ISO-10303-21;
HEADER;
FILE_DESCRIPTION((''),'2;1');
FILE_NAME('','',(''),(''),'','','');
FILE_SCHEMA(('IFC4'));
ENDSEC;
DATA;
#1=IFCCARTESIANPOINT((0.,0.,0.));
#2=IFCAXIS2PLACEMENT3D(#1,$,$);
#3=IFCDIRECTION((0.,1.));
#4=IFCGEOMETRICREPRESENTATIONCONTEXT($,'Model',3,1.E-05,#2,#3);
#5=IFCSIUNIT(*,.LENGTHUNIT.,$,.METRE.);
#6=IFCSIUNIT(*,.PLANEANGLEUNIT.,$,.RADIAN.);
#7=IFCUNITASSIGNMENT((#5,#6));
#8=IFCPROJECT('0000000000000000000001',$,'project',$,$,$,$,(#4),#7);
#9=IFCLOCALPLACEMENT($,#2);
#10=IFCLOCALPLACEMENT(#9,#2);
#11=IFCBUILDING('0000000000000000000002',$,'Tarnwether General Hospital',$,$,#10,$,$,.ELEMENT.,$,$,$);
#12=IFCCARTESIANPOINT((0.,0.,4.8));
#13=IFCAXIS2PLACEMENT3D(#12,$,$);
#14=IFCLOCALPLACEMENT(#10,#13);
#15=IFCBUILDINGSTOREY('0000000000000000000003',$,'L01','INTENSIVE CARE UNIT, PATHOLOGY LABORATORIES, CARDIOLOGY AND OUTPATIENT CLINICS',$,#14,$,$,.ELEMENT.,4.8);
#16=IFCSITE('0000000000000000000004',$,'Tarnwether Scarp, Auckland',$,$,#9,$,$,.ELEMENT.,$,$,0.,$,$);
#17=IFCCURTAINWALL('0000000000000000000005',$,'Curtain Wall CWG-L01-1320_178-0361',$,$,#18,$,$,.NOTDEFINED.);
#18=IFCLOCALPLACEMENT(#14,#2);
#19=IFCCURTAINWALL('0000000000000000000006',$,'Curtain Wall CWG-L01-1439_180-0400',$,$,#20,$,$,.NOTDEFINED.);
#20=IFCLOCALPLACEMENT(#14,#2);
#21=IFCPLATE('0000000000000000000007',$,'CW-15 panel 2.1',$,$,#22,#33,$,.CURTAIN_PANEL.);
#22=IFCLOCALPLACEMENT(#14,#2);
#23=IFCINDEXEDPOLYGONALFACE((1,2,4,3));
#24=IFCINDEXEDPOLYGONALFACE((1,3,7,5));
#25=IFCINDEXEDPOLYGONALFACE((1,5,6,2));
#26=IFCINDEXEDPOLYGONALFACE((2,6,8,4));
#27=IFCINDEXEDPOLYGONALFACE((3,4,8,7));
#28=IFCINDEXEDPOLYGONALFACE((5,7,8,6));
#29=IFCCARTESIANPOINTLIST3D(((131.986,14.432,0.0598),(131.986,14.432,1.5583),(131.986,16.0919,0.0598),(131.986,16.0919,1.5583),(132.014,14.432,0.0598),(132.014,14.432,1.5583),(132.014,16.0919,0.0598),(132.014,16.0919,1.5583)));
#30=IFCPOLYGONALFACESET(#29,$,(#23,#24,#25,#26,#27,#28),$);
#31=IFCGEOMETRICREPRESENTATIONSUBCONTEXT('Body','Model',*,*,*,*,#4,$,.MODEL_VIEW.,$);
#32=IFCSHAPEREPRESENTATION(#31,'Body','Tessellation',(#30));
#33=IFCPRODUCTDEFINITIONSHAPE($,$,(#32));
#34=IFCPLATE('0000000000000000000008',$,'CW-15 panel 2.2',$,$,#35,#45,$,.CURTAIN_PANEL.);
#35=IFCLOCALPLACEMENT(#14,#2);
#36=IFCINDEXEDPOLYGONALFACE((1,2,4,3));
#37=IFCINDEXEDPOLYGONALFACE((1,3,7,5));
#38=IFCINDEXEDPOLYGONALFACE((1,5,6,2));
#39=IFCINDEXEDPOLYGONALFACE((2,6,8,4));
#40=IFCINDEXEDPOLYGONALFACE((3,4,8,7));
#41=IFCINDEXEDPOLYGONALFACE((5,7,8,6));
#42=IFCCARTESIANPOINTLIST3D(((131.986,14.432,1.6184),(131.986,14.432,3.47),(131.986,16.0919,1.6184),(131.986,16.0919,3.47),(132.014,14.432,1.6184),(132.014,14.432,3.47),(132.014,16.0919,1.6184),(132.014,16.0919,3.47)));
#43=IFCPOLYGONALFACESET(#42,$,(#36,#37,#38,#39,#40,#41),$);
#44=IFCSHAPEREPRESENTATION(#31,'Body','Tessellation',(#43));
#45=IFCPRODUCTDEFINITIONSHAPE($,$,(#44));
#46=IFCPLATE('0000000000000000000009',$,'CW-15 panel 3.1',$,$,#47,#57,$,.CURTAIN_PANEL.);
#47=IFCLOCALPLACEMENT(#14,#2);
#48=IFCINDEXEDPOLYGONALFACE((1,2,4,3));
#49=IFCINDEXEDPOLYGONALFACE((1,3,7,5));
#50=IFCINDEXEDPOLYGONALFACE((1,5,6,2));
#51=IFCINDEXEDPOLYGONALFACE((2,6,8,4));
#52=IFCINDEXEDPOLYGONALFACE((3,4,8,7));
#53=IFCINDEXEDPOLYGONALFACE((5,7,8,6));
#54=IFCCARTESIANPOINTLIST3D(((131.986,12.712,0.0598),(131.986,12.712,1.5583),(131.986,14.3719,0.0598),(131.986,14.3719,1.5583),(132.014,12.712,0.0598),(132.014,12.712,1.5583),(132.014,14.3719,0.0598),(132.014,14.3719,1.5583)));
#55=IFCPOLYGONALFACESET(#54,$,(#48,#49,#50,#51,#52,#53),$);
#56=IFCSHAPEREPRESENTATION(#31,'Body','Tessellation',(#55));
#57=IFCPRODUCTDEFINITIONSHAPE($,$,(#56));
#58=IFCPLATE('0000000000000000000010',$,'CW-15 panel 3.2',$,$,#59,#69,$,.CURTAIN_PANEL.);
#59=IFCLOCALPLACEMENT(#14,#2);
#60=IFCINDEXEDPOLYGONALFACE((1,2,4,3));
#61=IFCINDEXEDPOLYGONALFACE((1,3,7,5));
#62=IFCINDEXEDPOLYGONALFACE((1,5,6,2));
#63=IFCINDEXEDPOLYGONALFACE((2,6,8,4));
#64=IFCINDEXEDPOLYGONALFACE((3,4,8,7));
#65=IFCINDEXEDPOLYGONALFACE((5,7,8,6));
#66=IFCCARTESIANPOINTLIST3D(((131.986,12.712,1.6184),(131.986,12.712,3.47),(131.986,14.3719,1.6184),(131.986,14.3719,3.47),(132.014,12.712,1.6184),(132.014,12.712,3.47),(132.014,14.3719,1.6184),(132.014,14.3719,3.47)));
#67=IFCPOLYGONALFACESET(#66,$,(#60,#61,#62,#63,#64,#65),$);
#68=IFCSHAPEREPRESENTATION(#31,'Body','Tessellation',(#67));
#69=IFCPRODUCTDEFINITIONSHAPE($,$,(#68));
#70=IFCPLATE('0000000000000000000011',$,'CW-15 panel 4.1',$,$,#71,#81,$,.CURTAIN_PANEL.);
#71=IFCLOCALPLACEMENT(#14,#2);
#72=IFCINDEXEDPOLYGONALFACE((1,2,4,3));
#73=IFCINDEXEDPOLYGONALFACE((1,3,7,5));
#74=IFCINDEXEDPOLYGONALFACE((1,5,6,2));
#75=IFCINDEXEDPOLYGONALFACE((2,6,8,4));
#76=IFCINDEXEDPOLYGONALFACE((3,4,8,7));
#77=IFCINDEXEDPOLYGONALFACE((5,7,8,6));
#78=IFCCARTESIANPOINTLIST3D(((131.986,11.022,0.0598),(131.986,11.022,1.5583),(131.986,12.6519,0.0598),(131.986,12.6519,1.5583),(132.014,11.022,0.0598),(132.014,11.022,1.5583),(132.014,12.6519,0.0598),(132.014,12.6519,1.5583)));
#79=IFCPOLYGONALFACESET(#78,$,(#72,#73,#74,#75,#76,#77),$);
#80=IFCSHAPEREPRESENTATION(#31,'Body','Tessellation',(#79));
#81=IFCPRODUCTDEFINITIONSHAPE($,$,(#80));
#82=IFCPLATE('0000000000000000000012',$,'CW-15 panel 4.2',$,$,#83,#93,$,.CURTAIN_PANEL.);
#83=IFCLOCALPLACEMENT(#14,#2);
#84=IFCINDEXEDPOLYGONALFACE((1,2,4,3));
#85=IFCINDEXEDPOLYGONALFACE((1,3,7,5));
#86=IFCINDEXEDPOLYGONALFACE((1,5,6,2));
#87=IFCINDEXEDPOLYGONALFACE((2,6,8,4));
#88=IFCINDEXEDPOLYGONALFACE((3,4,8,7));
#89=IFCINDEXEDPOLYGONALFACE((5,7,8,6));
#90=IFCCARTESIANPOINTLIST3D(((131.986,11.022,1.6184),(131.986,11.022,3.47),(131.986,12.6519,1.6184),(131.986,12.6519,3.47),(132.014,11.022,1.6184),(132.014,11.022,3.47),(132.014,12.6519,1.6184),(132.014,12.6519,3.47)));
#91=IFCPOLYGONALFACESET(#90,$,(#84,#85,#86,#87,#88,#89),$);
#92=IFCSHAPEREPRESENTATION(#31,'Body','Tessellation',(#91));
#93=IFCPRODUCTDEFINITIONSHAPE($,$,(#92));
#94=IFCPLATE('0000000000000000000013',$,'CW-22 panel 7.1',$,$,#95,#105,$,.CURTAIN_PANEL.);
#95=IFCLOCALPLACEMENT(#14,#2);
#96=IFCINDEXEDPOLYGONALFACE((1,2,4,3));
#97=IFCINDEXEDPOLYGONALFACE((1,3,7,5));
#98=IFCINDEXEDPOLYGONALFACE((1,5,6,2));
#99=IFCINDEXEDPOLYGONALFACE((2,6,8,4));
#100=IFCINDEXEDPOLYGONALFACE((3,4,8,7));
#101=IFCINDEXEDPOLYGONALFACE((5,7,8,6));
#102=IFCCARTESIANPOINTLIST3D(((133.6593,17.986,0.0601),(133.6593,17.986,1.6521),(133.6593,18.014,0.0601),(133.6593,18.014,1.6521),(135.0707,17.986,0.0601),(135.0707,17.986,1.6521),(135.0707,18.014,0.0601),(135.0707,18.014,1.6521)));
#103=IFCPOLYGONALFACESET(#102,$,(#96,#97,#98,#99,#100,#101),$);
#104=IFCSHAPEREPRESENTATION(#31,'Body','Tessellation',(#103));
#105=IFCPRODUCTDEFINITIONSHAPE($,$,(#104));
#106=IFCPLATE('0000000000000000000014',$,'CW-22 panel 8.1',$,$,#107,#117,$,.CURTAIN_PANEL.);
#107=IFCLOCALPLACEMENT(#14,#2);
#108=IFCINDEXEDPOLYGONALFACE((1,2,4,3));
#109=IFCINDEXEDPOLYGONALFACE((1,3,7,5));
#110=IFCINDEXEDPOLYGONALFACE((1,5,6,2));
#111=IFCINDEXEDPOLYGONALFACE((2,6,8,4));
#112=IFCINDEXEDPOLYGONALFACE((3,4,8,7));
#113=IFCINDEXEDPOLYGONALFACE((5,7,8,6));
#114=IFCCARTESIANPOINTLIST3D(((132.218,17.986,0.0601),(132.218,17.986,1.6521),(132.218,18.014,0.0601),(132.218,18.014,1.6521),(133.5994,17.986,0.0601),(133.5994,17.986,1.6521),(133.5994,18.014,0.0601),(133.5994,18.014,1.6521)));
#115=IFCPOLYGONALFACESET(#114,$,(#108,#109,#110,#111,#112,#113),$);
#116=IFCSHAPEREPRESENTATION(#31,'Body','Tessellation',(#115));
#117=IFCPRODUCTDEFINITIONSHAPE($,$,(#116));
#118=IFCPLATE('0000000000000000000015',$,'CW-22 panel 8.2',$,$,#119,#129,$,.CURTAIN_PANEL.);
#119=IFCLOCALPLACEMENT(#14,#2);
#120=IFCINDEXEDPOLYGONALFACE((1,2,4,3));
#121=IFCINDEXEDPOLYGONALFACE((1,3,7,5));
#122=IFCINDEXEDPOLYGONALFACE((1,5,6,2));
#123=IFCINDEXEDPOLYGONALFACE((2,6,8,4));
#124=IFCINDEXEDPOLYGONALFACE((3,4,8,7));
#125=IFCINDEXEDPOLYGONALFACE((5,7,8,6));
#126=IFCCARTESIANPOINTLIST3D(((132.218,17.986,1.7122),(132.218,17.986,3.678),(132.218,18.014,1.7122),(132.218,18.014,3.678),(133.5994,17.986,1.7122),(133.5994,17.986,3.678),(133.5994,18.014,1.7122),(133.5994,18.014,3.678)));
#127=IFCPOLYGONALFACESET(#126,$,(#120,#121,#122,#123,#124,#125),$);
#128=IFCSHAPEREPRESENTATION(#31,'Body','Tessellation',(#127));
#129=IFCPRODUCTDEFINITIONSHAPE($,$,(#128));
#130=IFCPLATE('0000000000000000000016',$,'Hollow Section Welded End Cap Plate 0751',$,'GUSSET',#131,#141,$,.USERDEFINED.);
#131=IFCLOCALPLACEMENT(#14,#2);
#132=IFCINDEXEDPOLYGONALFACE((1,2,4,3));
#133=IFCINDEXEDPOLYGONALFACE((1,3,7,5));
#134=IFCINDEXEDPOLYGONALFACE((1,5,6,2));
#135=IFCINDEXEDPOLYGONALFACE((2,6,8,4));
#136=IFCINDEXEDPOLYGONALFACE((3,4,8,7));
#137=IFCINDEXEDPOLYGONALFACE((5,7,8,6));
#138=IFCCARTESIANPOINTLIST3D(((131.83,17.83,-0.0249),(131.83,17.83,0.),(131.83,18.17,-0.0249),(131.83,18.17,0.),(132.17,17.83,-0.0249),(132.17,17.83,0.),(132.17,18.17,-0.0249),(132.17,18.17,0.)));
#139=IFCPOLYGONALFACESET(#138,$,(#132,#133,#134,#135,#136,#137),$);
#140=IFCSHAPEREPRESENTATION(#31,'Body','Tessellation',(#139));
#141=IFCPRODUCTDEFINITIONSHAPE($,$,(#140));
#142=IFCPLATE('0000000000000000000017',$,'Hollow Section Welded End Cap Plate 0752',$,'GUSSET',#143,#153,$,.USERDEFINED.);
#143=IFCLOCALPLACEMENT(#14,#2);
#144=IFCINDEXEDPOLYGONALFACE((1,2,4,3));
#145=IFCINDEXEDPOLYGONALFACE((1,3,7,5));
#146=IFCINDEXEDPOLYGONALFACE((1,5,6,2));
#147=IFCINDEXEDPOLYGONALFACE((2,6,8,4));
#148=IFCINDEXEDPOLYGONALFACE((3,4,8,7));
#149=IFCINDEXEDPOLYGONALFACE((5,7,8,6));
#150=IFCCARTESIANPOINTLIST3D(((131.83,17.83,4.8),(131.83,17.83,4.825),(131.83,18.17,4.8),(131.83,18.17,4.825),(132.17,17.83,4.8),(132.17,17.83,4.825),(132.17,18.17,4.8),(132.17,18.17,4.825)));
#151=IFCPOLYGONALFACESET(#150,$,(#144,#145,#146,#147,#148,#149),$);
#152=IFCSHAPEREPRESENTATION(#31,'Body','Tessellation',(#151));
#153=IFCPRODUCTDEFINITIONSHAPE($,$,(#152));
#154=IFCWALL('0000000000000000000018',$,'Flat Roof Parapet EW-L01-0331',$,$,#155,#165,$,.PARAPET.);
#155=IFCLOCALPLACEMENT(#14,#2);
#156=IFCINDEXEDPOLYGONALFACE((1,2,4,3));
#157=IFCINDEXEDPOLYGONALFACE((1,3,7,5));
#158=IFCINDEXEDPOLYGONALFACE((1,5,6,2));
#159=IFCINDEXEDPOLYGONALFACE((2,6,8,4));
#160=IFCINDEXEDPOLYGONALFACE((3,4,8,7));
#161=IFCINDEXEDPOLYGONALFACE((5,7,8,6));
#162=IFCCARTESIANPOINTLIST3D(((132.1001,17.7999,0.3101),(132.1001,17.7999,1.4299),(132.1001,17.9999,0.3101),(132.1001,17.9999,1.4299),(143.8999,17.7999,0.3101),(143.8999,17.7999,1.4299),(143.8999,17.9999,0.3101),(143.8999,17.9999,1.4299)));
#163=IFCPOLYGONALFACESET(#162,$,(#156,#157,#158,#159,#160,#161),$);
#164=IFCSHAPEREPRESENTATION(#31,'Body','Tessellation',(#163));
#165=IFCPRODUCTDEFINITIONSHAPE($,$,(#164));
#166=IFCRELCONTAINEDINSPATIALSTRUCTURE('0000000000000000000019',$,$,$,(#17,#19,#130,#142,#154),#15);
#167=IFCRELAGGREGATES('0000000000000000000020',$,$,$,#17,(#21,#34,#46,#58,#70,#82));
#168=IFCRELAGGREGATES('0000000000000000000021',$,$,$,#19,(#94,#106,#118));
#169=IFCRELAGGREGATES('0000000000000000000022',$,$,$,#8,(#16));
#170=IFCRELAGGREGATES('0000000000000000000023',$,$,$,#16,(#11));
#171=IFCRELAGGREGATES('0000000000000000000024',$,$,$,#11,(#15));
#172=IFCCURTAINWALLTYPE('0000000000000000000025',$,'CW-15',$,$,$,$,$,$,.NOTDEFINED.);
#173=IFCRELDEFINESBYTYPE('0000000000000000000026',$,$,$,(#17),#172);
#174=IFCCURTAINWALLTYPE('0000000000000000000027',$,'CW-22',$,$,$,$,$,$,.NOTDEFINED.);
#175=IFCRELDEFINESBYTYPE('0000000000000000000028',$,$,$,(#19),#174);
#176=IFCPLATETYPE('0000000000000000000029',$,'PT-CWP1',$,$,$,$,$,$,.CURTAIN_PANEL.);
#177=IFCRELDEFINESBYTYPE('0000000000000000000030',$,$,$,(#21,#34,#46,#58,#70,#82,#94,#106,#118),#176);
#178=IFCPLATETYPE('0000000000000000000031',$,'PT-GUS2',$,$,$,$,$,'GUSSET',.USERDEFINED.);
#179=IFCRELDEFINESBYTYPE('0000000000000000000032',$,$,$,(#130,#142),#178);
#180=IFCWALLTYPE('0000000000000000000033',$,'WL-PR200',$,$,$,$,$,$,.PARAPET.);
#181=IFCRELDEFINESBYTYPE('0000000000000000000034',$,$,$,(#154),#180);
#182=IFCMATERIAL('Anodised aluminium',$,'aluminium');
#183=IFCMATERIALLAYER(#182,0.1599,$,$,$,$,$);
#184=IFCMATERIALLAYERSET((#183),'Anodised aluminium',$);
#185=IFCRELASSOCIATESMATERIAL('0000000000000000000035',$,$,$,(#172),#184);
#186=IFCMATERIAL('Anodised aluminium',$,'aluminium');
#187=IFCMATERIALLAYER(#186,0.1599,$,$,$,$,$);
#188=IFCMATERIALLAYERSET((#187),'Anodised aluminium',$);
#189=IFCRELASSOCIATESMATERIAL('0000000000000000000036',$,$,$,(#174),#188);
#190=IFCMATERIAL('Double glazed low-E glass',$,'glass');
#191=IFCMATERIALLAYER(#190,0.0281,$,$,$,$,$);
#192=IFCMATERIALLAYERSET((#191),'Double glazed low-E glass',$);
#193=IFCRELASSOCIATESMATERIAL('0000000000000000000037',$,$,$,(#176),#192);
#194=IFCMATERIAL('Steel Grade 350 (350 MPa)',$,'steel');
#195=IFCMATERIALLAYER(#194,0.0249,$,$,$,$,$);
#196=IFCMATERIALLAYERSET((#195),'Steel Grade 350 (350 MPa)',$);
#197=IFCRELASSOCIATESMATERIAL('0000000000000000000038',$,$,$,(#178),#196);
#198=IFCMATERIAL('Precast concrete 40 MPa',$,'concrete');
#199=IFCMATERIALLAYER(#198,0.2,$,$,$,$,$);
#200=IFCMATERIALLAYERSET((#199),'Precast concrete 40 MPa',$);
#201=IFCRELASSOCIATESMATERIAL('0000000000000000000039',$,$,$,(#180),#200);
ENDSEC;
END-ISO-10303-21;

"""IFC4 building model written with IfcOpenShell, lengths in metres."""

from ifc_helpers import new_model, si_unit, direction, frame, frame_2d, origin, origin_2d, place, context, subcontext, project, spatial, rectangle, extrude, material, layer, layer_set, type_object, element, aggregate, save


model = new_model("IFC4")

# Units and contexts
model_context = context("Model", 3, precision=1e-05, world=origin(), true_north=direction((0.0, 1.0)))
body_context = subcontext(model_context, "Body", "Model", "MODEL_VIEW")
ifc_project = project(units=[si_unit("LENGTHUNIT", "METRE"), si_unit("PLANEANGLEUNIT", "RADIAN")], contexts=[model_context])

# Site, building, storey
site_placement = place(None, origin())
site = spatial("IfcSite", under=ifc_project, at=site_placement, Name="Tarnwether Scarp, Auckland", CompositionType="ELEMENT", RefElevation=0.0)
building_placement = place(site_placement, origin())
building = spatial("IfcBuilding", under=site, at=building_placement, Name="Tarnwether General Hospital", CompositionType="ELEMENT")
storey_placement = place(building_placement, frame((0.0, 0.0, 4.8)))
storey = spatial("IfcBuildingStorey", under=building, at=storey_placement, Name="L01", Description="INTENSIVE CARE UNIT, PATHOLOGY LABORATORIES, CARDIOLOGY AND OUTPATIENT CLINICS", CompositionType="ELEMENT", Elevation=4.8)

# Curtain walls
ifc_material_1 = material(Name="Anodised aluminium", Category="aluminium")
ifc_layer_1 = layer(ifc_material_1, 0.1599)
ifc_layer_set_1 = layer_set([ifc_layer_1], Name="Anodised aluminium")
curtain_wall_type_1 = type_object("IfcCurtainWallType", Name="CW-15", PredefinedType="NOTDEFINED", material=ifc_layer_set_1)
curtain_wall_1_placement = place(storey_placement, origin())
curtain_wall_1 = element("IfcCurtainWall", 1, at=curtain_wall_1_placement, inside=storey, type_object=curtain_wall_type_1, Name="Curtain Wall CWG-L01-1320_178-0361", PredefinedType="NOTDEFINED")
ifc_material_2 = material(Name="Anodised aluminium", Category="aluminium")
ifc_layer_2 = layer(ifc_material_2, 0.1599)
ifc_layer_set_2 = layer_set([ifc_layer_2], Name="Anodised aluminium")
curtain_wall_type_2 = type_object("IfcCurtainWallType", Name="CW-22", PredefinedType="NOTDEFINED", material=ifc_layer_set_2)
curtain_wall_2_placement = place(storey_placement, origin())
curtain_wall_2 = element("IfcCurtainWall", 2, at=curtain_wall_2_placement, inside=storey, type_object=curtain_wall_type_2, Name="Curtain Wall CWG-L01-1439_180-0400", PredefinedType="NOTDEFINED")

# Plates
ifc_material_3 = material(Name="Double glazed low-E glass", Category="glass")
ifc_layer_3 = layer(ifc_material_3, 0.0281)
ifc_layer_set_3 = layer_set([ifc_layer_3], Name="Double glazed low-E glass")
plate_type_1 = type_object("IfcPlateType", Name="PT-CWP1", PredefinedType="CURTAIN_PANEL", material=ifc_layer_set_3)
plate_1_placement = place(storey_placement, frame((132.0, 15.262, 0.0598), z_axis=(0.0, 0.0, 1.0), x_axis=(0.0, -1.0, 0.0)))
plate_1 = element("IfcPlate", 3, at=plate_1_placement, type_object=plate_type_1, Name="CW-15 panel 2.1", PredefinedType="CURTAIN_PANEL", context=body_context, shape_type="SweptSolid", body=[
    extrude(rectangle(XDim=1.6599, YDim=0.0281, at=origin_2d()), origin(), (0.0, 0.0, 1.0), 1.4985),
])
plate_2_placement = place(storey_placement, frame((132.0, 15.262, 1.6184), z_axis=(0.0, 0.0, 1.0), x_axis=(0.0, -1.0, 0.0)))
plate_2 = element("IfcPlate", 4, at=plate_2_placement, type_object=plate_type_1, Name="CW-15 panel 2.2", PredefinedType="CURTAIN_PANEL", context=body_context, shape_type="SweptSolid", body=[
    extrude(rectangle(XDim=1.6599, YDim=0.0281, at=origin_2d()), origin(), (0.0, 0.0, 1.0), 1.8516),
])
plate_3_placement = place(storey_placement, frame((132.0, 13.542, 0.0598), z_axis=(0.0, 0.0, 1.0), x_axis=(0.0, -1.0, 0.0)))
plate_3 = element("IfcPlate", 5, at=plate_3_placement, type_object=plate_type_1, Name="CW-15 panel 3.1", PredefinedType="CURTAIN_PANEL", context=body_context, shape_type="SweptSolid", body=[
    extrude(rectangle(XDim=1.6599, YDim=0.0281, at=origin_2d()), origin(), (0.0, 0.0, 1.0), 1.4985),
])
plate_4_placement = place(storey_placement, frame((132.0, 13.542, 1.6184), z_axis=(0.0, 0.0, 1.0), x_axis=(0.0, -1.0, 0.0)))
plate_4 = element("IfcPlate", 6, at=plate_4_placement, type_object=plate_type_1, Name="CW-15 panel 3.2", PredefinedType="CURTAIN_PANEL", context=body_context, shape_type="SweptSolid", body=[
    extrude(rectangle(XDim=1.6599, YDim=0.0281, at=origin_2d()), origin(), (0.0, 0.0, 1.0), 1.8516),
])
plate_5_placement = place(storey_placement, frame((132.0, 11.8369, 0.0598), z_axis=(0.0, 0.0, 1.0), x_axis=(0.0, -1.0, 0.0)))
plate_5 = element("IfcPlate", 7, at=plate_5_placement, type_object=plate_type_1, Name="CW-15 panel 4.1", PredefinedType="CURTAIN_PANEL", context=body_context, shape_type="SweptSolid", body=[
    extrude(rectangle(XDim=1.6299, YDim=0.0281, at=origin_2d()), origin(), (0.0, 0.0, 1.0), 1.4985),
])
plate_6_placement = place(storey_placement, frame((132.0, 11.8369, 1.6184), z_axis=(0.0, 0.0, 1.0), x_axis=(0.0, -1.0, 0.0)))
plate_6 = element("IfcPlate", 8, at=plate_6_placement, type_object=plate_type_1, Name="CW-15 panel 4.2", PredefinedType="CURTAIN_PANEL", context=body_context, shape_type="SweptSolid", body=[
    extrude(rectangle(XDim=1.6299, YDim=0.0281, at=origin_2d()), origin(), (0.0, 0.0, 1.0), 1.8516),
])
aggregate(curtain_wall_1, [plate_1, plate_2, plate_3, plate_4, plate_5, plate_6])
plate_7_placement = place(storey_placement, frame((134.365, 18.0, 0.0601), z_axis=(0.0, 0.0, 1.0), x_axis=(-1.0, 0.0, 0.0)))
plate_7 = element("IfcPlate", 9, at=plate_7_placement, type_object=plate_type_1, Name="CW-22 panel 7.1", PredefinedType="CURTAIN_PANEL", context=body_context, shape_type="SweptSolid", body=[
    extrude(rectangle(XDim=1.4114, YDim=0.0281, at=origin_2d()), origin(), (0.0, 0.0, 1.0), 1.592),
])
plate_8_placement = place(storey_placement, frame((132.9087, 18.0, 0.0601), z_axis=(0.0, 0.0, 1.0), x_axis=(-1.0, 0.0, 0.0)))
plate_8 = element("IfcPlate", 10, at=plate_8_placement, type_object=plate_type_1, Name="CW-22 panel 8.1", PredefinedType="CURTAIN_PANEL", context=body_context, shape_type="SweptSolid", body=[
    extrude(rectangle(XDim=1.3813, YDim=0.0281, at=origin_2d()), origin(), (0.0, 0.0, 1.0), 1.592),
])
plate_9_placement = place(storey_placement, frame((132.9087, 18.0, 1.7122), z_axis=(0.0, 0.0, 1.0), x_axis=(-1.0, 0.0, 0.0)))
plate_9 = element("IfcPlate", 11, at=plate_9_placement, type_object=plate_type_1, Name="CW-22 panel 8.2", PredefinedType="CURTAIN_PANEL", context=body_context, shape_type="SweptSolid", body=[
    extrude(rectangle(XDim=1.3813, YDim=0.0281, at=origin_2d()), origin(), (0.0, 0.0, 1.0), 1.9658),
])
aggregate(curtain_wall_2, [plate_7, plate_8, plate_9])

# Plates
ifc_material_4 = material(Name="Steel Grade 350 (350 MPa)", Category="steel")
ifc_layer_4 = layer(ifc_material_4, 0.0249)
ifc_layer_set_4 = layer_set([ifc_layer_4], Name="Steel Grade 350 (350 MPa)")
plate_type_2 = type_object("IfcPlateType", Name="PT-GUS2", ElementType="GUSSET", PredefinedType="USERDEFINED", material=ifc_layer_set_4)
for number, where, z_axis, x_axis, name in (
    (12, (132.0, 18.0, -0.0249), (0.0, 0.0, 1.0), (1.0, 0.0, 0.0), "Hollow Section Welded End Cap Plate 0751"),
    (13, (132.0, 18.0, 4.8), (0.0, 0.0, 1.0), (1.0, 0.0, 0.0), "Hollow Section Welded End Cap Plate 0752"),
):
    element("IfcPlate", number, at=place(storey_placement, frame(where, z_axis=z_axis, x_axis=x_axis)), inside=storey, type_object=plate_type_2, Name=name, ObjectType="GUSSET", PredefinedType="USERDEFINED", context=body_context, shape_type="SweptSolid", body=[
        extrude(rectangle(XDim=0.3401, YDim=0.3401, at=origin_2d()), origin(), (0.0, 0.0, 1.0), 0.0249),
    ])

# Wall
ifc_material_5 = material(Name="Precast concrete 40 MPa", Category="concrete")
ifc_layer_5 = layer(ifc_material_5, 0.2)
ifc_layer_set_5 = layer_set([ifc_layer_5], Name="Precast concrete 40 MPa")
wall_type = type_object("IfcWallType", Name="WL-PR200", PredefinedType="PARAPET", material=ifc_layer_set_5)
wall_placement = place(storey_placement, frame((132.1001, 17.8999, 0.3101), z_axis=(0.0, 0.0, 1.0), x_axis=(1.0, 0.0, 0.0)))
element("IfcWall", 14, at=wall_placement, inside=storey, type_object=wall_type, Name="Flat Roof Parapet EW-L01-0331", PredefinedType="PARAPET", context=body_context, shape_type="SweptSolid", body=[
    extrude(rectangle(XDim=11.7998, YDim=0.2, at=frame_2d((5.8999, 0.0))), origin(), (0.0, 0.0, 1.0), 1.1199),
])

save(model, "model.ifc")
